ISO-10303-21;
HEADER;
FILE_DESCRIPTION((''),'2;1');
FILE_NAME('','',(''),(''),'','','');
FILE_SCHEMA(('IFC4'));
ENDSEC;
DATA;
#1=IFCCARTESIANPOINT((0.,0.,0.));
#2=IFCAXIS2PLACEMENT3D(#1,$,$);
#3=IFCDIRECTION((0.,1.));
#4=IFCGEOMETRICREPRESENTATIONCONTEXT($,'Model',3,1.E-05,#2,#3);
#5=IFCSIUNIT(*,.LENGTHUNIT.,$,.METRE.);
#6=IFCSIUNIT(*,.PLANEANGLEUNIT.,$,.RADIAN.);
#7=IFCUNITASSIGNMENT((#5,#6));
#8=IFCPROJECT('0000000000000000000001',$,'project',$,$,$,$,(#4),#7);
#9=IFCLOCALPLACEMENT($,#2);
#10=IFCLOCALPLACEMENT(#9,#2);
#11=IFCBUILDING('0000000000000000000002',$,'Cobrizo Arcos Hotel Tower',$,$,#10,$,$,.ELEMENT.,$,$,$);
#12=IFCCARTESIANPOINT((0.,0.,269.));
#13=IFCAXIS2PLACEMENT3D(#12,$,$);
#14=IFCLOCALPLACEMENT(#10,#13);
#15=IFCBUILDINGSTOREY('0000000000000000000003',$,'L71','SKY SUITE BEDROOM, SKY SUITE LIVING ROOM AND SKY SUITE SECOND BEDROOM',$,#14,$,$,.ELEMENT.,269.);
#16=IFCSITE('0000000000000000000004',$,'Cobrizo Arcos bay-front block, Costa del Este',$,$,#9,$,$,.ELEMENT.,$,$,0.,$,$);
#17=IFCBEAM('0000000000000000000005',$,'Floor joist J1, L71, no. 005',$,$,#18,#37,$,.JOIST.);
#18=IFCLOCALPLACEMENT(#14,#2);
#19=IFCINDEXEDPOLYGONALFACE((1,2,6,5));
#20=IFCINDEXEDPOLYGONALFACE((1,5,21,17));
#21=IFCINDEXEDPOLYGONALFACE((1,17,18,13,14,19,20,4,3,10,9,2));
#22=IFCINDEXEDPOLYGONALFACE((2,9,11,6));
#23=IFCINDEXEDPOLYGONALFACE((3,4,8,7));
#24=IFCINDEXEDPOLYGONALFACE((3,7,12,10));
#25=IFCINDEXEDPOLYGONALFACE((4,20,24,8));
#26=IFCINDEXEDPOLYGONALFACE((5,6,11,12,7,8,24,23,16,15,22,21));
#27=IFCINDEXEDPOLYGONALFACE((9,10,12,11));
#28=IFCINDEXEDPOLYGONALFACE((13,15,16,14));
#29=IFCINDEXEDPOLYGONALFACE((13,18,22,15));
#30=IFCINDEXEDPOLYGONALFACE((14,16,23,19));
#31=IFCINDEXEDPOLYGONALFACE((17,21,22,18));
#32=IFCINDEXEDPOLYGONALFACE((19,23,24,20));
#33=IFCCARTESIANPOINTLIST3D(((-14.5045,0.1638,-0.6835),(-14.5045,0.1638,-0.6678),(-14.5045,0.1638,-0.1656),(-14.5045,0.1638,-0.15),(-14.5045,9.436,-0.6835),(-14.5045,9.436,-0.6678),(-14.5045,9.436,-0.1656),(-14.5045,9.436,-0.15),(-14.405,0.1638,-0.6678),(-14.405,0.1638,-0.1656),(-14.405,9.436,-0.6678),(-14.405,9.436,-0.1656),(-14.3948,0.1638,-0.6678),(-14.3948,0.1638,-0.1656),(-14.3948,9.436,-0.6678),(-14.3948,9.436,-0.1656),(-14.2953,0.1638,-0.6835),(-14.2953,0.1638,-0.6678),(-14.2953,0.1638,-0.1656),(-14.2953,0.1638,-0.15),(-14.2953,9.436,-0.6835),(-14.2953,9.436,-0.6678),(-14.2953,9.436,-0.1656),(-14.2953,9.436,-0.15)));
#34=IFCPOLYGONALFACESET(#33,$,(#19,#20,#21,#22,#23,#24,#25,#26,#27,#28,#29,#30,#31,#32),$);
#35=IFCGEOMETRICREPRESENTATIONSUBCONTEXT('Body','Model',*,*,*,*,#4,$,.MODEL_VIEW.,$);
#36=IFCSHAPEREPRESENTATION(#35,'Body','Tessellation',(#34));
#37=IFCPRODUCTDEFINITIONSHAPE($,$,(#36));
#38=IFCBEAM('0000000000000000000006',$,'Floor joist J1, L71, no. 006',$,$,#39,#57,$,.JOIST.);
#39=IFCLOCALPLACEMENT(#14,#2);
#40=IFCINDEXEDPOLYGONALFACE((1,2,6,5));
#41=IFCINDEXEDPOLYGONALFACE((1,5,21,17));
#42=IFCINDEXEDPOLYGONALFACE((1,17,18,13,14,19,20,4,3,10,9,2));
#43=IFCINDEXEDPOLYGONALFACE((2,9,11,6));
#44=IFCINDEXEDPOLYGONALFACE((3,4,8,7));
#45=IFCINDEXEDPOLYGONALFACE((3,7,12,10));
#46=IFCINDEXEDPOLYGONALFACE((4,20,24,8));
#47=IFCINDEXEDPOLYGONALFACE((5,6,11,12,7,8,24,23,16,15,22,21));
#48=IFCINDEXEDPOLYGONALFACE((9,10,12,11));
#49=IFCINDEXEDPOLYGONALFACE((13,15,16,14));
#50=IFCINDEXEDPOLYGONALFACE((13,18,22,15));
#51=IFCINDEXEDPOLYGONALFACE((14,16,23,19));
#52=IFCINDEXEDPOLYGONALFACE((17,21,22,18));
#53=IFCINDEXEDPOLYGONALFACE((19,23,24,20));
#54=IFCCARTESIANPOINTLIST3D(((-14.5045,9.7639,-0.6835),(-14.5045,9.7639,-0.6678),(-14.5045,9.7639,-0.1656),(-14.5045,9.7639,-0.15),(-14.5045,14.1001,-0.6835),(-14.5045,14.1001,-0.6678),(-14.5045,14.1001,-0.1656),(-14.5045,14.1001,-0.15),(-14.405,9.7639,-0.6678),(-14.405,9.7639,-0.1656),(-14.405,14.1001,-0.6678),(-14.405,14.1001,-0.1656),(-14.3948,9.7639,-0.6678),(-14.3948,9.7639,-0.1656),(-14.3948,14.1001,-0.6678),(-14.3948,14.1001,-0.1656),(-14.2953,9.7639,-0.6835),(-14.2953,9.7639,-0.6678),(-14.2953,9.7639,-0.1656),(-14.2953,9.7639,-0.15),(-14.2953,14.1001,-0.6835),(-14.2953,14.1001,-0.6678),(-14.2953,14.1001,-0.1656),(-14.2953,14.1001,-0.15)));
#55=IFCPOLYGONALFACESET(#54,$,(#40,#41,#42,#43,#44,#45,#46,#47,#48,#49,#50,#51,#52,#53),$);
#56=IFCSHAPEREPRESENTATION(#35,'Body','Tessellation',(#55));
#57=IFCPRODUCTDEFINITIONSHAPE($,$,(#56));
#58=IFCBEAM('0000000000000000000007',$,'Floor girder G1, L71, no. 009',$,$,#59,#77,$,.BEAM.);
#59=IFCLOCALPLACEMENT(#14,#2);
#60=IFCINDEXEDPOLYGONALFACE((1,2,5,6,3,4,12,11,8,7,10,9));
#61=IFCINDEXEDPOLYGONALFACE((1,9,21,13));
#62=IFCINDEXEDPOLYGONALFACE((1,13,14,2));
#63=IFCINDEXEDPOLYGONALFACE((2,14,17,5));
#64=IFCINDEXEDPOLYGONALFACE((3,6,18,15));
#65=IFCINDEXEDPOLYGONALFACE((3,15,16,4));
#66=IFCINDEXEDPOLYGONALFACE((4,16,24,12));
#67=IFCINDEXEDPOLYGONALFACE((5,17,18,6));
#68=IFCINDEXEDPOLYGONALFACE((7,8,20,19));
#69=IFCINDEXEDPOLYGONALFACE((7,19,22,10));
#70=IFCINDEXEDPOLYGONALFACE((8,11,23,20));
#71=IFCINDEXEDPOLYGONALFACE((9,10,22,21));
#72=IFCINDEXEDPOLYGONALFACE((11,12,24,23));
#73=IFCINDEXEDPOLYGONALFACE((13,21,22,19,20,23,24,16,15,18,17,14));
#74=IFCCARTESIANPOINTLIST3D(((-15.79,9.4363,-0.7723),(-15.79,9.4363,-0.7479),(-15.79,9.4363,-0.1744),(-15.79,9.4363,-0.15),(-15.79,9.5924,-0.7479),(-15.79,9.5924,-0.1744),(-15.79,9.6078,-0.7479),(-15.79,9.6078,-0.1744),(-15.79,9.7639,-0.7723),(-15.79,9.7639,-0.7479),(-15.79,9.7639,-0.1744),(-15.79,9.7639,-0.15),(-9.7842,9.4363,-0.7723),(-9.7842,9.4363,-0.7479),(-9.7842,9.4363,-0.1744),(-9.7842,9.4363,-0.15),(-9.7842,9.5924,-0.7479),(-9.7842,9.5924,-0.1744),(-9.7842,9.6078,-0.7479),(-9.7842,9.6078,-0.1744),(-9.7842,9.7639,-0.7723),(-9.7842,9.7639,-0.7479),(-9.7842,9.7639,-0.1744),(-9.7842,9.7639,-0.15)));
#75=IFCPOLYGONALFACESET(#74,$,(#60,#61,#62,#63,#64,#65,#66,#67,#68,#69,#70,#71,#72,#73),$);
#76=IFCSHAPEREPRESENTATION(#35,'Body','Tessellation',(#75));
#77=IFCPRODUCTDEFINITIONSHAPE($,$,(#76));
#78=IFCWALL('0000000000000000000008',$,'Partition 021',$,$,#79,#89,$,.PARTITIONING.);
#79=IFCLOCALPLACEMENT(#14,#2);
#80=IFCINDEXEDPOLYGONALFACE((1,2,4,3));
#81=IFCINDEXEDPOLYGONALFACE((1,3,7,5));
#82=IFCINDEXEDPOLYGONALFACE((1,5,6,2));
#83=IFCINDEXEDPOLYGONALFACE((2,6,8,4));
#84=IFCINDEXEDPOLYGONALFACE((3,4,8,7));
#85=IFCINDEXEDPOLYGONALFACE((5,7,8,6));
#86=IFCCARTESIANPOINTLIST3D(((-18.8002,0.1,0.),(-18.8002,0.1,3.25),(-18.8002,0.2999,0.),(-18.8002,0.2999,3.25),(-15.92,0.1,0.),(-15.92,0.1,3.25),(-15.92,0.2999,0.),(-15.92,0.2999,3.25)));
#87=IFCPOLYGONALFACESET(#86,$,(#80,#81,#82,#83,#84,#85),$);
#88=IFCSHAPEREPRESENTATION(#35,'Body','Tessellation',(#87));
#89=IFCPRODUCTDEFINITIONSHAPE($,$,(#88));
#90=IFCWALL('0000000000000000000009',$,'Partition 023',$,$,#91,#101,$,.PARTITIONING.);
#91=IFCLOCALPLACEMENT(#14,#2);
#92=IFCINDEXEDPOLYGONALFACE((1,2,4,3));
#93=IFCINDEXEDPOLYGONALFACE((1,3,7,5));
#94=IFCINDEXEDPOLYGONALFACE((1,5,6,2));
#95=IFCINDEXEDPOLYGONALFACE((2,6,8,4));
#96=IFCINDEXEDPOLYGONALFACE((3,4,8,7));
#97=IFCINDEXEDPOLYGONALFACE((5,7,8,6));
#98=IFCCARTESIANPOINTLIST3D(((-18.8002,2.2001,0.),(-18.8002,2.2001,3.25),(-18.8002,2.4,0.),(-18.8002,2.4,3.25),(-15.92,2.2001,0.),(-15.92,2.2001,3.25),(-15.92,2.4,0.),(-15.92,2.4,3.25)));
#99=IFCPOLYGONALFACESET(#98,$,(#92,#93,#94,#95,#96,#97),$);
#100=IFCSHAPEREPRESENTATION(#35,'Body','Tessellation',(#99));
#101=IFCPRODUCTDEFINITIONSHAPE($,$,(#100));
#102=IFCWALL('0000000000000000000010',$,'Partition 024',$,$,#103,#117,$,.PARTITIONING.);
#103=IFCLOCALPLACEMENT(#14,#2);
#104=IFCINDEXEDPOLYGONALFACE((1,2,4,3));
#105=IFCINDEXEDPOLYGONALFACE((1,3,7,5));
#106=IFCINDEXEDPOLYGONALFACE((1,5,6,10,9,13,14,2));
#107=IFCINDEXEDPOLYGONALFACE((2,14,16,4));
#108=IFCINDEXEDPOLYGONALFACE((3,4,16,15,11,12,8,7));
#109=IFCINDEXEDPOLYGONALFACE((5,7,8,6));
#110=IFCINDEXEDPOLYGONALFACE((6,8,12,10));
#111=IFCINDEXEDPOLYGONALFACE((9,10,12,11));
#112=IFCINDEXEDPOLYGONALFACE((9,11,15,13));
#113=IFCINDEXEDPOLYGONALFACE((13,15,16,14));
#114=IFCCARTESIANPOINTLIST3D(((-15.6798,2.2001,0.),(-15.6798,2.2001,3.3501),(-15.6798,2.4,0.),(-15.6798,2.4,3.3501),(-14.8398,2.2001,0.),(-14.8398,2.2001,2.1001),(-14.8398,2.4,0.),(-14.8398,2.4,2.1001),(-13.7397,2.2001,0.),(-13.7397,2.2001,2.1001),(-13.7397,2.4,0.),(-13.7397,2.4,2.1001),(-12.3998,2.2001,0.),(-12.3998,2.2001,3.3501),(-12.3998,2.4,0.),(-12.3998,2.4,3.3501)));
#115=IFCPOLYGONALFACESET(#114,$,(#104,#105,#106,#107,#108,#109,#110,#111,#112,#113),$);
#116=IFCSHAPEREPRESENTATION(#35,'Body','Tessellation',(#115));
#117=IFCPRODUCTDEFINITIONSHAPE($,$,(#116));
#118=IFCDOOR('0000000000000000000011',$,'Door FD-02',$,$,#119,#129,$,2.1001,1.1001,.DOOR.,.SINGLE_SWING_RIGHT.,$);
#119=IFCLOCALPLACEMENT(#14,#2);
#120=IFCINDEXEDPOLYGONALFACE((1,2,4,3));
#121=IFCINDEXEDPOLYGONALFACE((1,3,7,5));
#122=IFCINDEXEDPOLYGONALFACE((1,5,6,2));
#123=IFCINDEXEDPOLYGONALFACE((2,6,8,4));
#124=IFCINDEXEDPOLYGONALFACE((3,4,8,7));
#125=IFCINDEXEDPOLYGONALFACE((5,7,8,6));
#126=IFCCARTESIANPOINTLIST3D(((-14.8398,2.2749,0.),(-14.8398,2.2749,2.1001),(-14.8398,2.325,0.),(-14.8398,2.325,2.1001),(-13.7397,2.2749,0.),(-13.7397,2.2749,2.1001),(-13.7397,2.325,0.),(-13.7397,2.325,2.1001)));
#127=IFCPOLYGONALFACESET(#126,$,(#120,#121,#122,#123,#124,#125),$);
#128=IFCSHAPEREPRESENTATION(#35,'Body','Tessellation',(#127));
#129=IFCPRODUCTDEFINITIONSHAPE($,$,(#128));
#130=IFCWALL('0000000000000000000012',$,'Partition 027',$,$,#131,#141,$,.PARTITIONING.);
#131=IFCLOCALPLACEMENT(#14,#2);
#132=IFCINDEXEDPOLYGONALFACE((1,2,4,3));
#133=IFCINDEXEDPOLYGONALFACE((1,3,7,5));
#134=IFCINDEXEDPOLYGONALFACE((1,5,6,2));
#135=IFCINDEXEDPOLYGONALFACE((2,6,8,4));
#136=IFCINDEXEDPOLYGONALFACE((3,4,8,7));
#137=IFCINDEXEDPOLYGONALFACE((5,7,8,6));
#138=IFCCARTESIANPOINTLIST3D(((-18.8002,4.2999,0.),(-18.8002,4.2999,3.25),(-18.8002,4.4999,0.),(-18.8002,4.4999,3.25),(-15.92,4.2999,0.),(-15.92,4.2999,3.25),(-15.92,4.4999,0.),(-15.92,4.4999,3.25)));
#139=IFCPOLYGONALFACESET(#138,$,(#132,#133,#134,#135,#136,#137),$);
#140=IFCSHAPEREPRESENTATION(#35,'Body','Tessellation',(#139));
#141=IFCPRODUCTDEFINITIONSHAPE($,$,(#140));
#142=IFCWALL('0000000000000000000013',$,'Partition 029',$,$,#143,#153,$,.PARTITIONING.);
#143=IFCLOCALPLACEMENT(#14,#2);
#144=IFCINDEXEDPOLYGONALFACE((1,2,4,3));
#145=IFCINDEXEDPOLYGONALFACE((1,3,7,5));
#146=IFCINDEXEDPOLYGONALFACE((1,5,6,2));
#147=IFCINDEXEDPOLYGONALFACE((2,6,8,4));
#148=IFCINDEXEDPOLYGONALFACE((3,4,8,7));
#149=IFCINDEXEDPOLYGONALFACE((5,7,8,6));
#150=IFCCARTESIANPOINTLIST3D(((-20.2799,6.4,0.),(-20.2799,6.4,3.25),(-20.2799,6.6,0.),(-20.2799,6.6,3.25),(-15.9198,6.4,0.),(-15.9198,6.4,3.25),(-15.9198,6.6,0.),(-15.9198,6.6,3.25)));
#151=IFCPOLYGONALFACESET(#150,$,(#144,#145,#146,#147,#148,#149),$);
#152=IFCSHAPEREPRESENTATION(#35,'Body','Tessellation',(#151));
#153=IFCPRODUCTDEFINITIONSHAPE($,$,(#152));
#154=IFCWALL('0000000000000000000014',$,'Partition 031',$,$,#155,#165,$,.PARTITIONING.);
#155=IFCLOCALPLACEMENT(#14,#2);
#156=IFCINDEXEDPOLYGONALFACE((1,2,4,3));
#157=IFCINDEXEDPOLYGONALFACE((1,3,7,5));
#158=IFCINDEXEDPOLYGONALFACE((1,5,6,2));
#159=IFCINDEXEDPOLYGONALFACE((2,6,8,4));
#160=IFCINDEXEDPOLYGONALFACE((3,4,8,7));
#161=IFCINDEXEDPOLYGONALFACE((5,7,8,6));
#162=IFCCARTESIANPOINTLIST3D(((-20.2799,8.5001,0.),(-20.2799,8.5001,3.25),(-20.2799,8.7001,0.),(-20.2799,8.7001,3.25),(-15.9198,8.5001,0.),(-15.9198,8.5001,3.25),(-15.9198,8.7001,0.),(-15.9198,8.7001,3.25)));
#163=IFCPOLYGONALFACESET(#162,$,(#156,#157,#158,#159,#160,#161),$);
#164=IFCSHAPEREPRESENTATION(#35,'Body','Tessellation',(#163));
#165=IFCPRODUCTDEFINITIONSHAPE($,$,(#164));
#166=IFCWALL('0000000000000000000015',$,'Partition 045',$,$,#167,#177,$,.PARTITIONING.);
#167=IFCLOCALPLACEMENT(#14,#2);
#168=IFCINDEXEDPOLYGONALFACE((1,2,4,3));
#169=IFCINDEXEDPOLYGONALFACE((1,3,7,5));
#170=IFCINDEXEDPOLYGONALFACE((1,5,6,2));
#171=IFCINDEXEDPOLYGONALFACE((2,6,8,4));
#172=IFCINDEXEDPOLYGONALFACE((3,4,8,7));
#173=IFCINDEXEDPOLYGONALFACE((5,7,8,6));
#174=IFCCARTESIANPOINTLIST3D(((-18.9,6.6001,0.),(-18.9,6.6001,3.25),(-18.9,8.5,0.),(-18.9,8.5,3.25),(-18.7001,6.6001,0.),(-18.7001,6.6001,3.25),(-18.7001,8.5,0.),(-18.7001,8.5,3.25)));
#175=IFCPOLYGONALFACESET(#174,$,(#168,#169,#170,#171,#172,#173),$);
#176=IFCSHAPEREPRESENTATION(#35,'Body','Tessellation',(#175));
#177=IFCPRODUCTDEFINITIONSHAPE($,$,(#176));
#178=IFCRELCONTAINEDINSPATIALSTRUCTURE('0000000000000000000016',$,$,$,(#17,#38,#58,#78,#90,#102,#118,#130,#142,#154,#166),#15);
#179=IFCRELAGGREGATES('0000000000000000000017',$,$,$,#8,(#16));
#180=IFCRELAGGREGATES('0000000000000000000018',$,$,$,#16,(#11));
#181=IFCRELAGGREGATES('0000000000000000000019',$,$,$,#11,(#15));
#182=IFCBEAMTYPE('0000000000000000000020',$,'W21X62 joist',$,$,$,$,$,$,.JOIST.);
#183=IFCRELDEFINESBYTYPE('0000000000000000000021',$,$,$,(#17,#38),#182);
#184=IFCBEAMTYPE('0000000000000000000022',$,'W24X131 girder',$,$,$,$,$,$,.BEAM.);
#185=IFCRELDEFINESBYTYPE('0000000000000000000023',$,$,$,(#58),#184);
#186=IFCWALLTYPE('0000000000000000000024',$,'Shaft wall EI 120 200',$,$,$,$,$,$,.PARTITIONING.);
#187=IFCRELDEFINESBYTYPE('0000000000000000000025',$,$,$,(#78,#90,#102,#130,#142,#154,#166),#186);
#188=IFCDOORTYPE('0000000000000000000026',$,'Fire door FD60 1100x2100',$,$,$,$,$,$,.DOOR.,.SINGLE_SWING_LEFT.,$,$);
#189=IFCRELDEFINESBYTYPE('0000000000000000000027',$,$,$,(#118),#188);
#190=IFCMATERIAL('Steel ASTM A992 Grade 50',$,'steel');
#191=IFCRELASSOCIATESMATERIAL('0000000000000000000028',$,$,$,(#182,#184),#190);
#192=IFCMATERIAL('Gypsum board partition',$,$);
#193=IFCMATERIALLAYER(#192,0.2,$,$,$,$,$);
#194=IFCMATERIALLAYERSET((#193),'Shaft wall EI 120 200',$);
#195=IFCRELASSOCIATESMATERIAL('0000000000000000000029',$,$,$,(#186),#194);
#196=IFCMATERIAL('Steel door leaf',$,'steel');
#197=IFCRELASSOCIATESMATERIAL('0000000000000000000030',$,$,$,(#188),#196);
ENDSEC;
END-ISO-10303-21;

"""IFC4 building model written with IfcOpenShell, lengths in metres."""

from ifc_helpers import new_model, si_unit, direction, frame, frame_2d, origin, origin_2d, place, context, subcontext, project, spatial, rectangle, i_section, extrude, material, layer, layer_set, material_profile, profile_set, type_object, element, fill, save


model = new_model("IFC4")

# Units and contexts
model_context = context("Model", 3, precision=1e-05, world=origin(), true_north=direction((0.0, 1.0)))
body_context = subcontext(model_context, "Body", "Model", "MODEL_VIEW")
ifc_project = project(units=[si_unit("LENGTHUNIT", "METRE"), si_unit("PLANEANGLEUNIT", "RADIAN")], contexts=[model_context])

# Site, building, storey
site_placement = place(None, origin())
site = spatial("IfcSite", under=ifc_project, at=site_placement, Name="Cobrizo Arcos bay-front block, Costa del Este", CompositionType="ELEMENT", RefElevation=0.0)
building_placement = place(site_placement, origin())
building = spatial("IfcBuilding", under=site, at=building_placement, Name="Cobrizo Arcos Hotel Tower", CompositionType="ELEMENT")
storey_placement = place(building_placement, frame((0.0, 0.0, 269.0)))
storey = spatial("IfcBuildingStorey", under=building, at=storey_placement, Name="L71", Description="SKY SUITE BEDROOM, SKY SUITE LIVING ROOM AND SKY SUITE SECOND BEDROOM", CompositionType="ELEMENT", Elevation=269.0)

# Beams
ifc_material_1 = material(Name="Steel ASTM A992 Grade 50", Category="steel")
ifc_material_profile_1 = material_profile(ifc_material_1, i_section(OverallWidth=0.2092, OverallDepth=0.5334, WebThickness=0.0103, FlangeThickness=0.0156, at=origin_2d()), Name="W21X62")
ifc_profile_set_1 = profile_set([ifc_material_profile_1], Name="Steel ASTM A992 Grade 50")
beam_type_1 = type_object("IfcBeamType", Name="W21X62 joist", PredefinedType="JOIST", material=ifc_profile_set_1)
beam_1_placement = place(storey_placement, frame((-14.3999, 0.1638, -0.4167), z_axis=(0.0, 1.0, 0.0), x_axis=(-1.0, 0.0, 0.0)))
element("IfcBeam", 1, at=beam_1_placement, inside=storey, type_object=beam_type_1, Name="Floor joist J1, L71, no. 005", PredefinedType="JOIST", context=body_context, shape_type="SweptSolid", body=[
    extrude(i_section(OverallWidth=0.2092, OverallDepth=0.5334, WebThickness=0.0103, FlangeThickness=0.0156, at=origin_2d()), origin(), (0.0, 0.0, 1.0), 9.2722),
])
beam_2_placement = place(storey_placement, frame((-14.3999, 9.7639, -0.4167), z_axis=(0.0, 1.0, 0.0), x_axis=(-1.0, 0.0, 0.0)))
element("IfcBeam", 2, at=beam_2_placement, inside=storey, type_object=beam_type_1, Name="Floor joist J1, L71, no. 006", PredefinedType="JOIST", context=body_context, shape_type="SweptSolid", body=[
    extrude(i_section(OverallWidth=0.2092, OverallDepth=0.5334, WebThickness=0.0103, FlangeThickness=0.0156, at=origin_2d()), origin(), (0.0, 0.0, 1.0), 4.3362),
])
ifc_material_profile_2 = material_profile(ifc_material_1, i_section(OverallWidth=0.3276, OverallDepth=0.6223, WebThickness=0.0154, FlangeThickness=0.0244, at=origin_2d()), Name="W24X131")
ifc_profile_set_2 = profile_set([ifc_material_profile_2], Name="Steel ASTM A992 Grade 50")
beam_type_2 = type_object("IfcBeamType", Name="W24X131 girder", PredefinedType="BEAM", material=ifc_profile_set_2)
beam_3_placement = place(storey_placement, frame((-15.79, 9.6001, -0.4612), z_axis=(1.0, 0.0, 0.0), x_axis=(0.0, 1.0, 0.0)))
element("IfcBeam", 3, at=beam_3_placement, inside=storey, type_object=beam_type_2, Name="Floor girder G1, L71, no. 009", PredefinedType="BEAM", context=body_context, shape_type="SweptSolid", body=[
    extrude(i_section(OverallWidth=0.3276, OverallDepth=0.6223, WebThickness=0.0154, FlangeThickness=0.0244, at=origin_2d()), origin(), (0.0, 0.0, 1.0), 6.0059),
])

# Walls
ifc_material_2 = material(Name="Gypsum board partition")
ifc_layer = layer(ifc_material_2, 0.2)
ifc_layer_set = layer_set([ifc_layer], Name="Shaft wall EI 120 200")
wall_type = type_object("IfcWallType", Name="Shaft wall EI 120 200", PredefinedType="PARTITIONING", material=ifc_layer_set)
for number, where, z_axis, x_axis, name in (
    (4, (-18.8, 0.2, 0.0), (0.0, 0.0, 1.0), (1.0, 0.0, 0.0), "Partition 021"),
    (5, (-18.8, 2.3, 0.0), (0.0, 0.0, 1.0), (1.0, 0.0, 0.0), "Partition 023"),
):
    element("IfcWall", number, at=place(storey_placement, frame(where, z_axis=z_axis, x_axis=x_axis)), inside=storey, type_object=wall_type, Name=name, PredefinedType="PARTITIONING", context=body_context, shape_type="SweptSolid", body=[
        extrude(rectangle(XDim=2.8801, YDim=0.2, at=frame_2d((1.4399, 0.0))), origin(), (0.0, 0.0, 1.0), 3.25),
    ])

# Wall, opening, door
wall_1_placement = place(storey_placement, frame((-15.6799, 2.3, 0.0), z_axis=(0.0, 0.0, 1.0), x_axis=(1.0, 0.0, 0.0)))
wall_1 = element("IfcWall", 6, at=wall_1_placement, inside=storey, type_object=wall_type, Name="Partition 024", PredefinedType="PARTITIONING", context=body_context, shape_type="SweptSolid", body=[
    extrude(rectangle(XDim=3.28, YDim=0.2, at=frame_2d((1.6401, 0.0))), origin(), (0.0, 0.0, 1.0), 3.3501),
])
opening_placement = place(wall_1_placement, frame((0.8401, 0.0, 0.0)))
opening = element("IfcOpeningElement", 7, at=opening_placement, cuts=wall_1, PredefinedType="OPENING", context=body_context, shape_type="SweptSolid", body=[
    extrude(rectangle(XDim=1.1001, YDim=2.1001, at=frame_2d((0.55, 1.05))), frame((0.0, 0.1121, 0.0), z_axis=(0.0, -1.0, 0.0), x_axis=(1.0, 0.0, 0.0)), (0.0, 0.0, 1.0), 0.2239),
])
ifc_material_3 = material(Name="Steel door leaf", Category="steel")
door_type = type_object("IfcDoorType", Name="Fire door FD60 1100x2100", OperationType="SINGLE_SWING_LEFT", PredefinedType="DOOR", material=ifc_material_3)
door_placement = place(opening_placement, origin())
door = element("IfcDoor", 8, at=door_placement, inside=storey, type_object=door_type, Name="Door FD-02", OperationType="SINGLE_SWING_RIGHT", OverallHeight=2.1001, OverallWidth=1.1001, PredefinedType="DOOR", context=body_context, shape_type="SweptSolid", body=[
    extrude(rectangle(XDim=1.1001, YDim=2.1001, at=frame_2d((0.55, 1.05))), frame((0.0, 0.0249, 0.0), z_axis=(0.0, -1.0, 0.0), x_axis=(1.0, 0.0, 0.0)), (0.0, 0.0, 1.0), 0.05),
])
fill(opening, door)

# Walls
wall_2_placement = place(storey_placement, frame((-18.8, 4.3999, 0.0), z_axis=(0.0, 0.0, 1.0), x_axis=(1.0, 0.0, 0.0)))
element("IfcWall", 9, at=wall_2_placement, inside=storey, type_object=wall_type, Name="Partition 027", PredefinedType="PARTITIONING", context=body_context, shape_type="SweptSolid", body=[
    extrude(rectangle(XDim=2.8801, YDim=0.2, at=frame_2d((1.4399, 0.0))), origin(), (0.0, 0.0, 1.0), 3.25),
])
for number, where, z_axis, x_axis, name in (
    (10, (-20.28, 6.5, 0.0), (0.0, 0.0, 1.0), (1.0, 0.0, 0.0), "Partition 029"),
    (11, (-20.28, 8.6001, 0.0), (0.0, 0.0, 1.0), (1.0, 0.0, 0.0), "Partition 031"),
):
    element("IfcWall", number, at=place(storey_placement, frame(where, z_axis=z_axis, x_axis=x_axis)), inside=storey, type_object=wall_type, Name=name, PredefinedType="PARTITIONING", context=body_context, shape_type="SweptSolid", body=[
        extrude(rectangle(XDim=4.3601, YDim=0.2, at=frame_2d((2.1802, 0.0))), origin(), (0.0, 0.0, 1.0), 3.25),
    ])
wall_3_placement = place(storey_placement, frame((-18.8, 6.6001, 0.0), z_axis=(0.0, 0.0, 1.0), x_axis=(0.0, 1.0, 0.0)))
element("IfcWall", 12, at=wall_3_placement, inside=storey, type_object=wall_type, Name="Partition 045", PredefinedType="PARTITIONING", context=body_context, shape_type="SweptSolid", body=[
    extrude(rectangle(XDim=1.8999, YDim=0.2, at=frame_2d((0.95, 0.0))), origin(), (0.0, 0.0, 1.0), 3.25),
])

save(model, "model.ifc")
